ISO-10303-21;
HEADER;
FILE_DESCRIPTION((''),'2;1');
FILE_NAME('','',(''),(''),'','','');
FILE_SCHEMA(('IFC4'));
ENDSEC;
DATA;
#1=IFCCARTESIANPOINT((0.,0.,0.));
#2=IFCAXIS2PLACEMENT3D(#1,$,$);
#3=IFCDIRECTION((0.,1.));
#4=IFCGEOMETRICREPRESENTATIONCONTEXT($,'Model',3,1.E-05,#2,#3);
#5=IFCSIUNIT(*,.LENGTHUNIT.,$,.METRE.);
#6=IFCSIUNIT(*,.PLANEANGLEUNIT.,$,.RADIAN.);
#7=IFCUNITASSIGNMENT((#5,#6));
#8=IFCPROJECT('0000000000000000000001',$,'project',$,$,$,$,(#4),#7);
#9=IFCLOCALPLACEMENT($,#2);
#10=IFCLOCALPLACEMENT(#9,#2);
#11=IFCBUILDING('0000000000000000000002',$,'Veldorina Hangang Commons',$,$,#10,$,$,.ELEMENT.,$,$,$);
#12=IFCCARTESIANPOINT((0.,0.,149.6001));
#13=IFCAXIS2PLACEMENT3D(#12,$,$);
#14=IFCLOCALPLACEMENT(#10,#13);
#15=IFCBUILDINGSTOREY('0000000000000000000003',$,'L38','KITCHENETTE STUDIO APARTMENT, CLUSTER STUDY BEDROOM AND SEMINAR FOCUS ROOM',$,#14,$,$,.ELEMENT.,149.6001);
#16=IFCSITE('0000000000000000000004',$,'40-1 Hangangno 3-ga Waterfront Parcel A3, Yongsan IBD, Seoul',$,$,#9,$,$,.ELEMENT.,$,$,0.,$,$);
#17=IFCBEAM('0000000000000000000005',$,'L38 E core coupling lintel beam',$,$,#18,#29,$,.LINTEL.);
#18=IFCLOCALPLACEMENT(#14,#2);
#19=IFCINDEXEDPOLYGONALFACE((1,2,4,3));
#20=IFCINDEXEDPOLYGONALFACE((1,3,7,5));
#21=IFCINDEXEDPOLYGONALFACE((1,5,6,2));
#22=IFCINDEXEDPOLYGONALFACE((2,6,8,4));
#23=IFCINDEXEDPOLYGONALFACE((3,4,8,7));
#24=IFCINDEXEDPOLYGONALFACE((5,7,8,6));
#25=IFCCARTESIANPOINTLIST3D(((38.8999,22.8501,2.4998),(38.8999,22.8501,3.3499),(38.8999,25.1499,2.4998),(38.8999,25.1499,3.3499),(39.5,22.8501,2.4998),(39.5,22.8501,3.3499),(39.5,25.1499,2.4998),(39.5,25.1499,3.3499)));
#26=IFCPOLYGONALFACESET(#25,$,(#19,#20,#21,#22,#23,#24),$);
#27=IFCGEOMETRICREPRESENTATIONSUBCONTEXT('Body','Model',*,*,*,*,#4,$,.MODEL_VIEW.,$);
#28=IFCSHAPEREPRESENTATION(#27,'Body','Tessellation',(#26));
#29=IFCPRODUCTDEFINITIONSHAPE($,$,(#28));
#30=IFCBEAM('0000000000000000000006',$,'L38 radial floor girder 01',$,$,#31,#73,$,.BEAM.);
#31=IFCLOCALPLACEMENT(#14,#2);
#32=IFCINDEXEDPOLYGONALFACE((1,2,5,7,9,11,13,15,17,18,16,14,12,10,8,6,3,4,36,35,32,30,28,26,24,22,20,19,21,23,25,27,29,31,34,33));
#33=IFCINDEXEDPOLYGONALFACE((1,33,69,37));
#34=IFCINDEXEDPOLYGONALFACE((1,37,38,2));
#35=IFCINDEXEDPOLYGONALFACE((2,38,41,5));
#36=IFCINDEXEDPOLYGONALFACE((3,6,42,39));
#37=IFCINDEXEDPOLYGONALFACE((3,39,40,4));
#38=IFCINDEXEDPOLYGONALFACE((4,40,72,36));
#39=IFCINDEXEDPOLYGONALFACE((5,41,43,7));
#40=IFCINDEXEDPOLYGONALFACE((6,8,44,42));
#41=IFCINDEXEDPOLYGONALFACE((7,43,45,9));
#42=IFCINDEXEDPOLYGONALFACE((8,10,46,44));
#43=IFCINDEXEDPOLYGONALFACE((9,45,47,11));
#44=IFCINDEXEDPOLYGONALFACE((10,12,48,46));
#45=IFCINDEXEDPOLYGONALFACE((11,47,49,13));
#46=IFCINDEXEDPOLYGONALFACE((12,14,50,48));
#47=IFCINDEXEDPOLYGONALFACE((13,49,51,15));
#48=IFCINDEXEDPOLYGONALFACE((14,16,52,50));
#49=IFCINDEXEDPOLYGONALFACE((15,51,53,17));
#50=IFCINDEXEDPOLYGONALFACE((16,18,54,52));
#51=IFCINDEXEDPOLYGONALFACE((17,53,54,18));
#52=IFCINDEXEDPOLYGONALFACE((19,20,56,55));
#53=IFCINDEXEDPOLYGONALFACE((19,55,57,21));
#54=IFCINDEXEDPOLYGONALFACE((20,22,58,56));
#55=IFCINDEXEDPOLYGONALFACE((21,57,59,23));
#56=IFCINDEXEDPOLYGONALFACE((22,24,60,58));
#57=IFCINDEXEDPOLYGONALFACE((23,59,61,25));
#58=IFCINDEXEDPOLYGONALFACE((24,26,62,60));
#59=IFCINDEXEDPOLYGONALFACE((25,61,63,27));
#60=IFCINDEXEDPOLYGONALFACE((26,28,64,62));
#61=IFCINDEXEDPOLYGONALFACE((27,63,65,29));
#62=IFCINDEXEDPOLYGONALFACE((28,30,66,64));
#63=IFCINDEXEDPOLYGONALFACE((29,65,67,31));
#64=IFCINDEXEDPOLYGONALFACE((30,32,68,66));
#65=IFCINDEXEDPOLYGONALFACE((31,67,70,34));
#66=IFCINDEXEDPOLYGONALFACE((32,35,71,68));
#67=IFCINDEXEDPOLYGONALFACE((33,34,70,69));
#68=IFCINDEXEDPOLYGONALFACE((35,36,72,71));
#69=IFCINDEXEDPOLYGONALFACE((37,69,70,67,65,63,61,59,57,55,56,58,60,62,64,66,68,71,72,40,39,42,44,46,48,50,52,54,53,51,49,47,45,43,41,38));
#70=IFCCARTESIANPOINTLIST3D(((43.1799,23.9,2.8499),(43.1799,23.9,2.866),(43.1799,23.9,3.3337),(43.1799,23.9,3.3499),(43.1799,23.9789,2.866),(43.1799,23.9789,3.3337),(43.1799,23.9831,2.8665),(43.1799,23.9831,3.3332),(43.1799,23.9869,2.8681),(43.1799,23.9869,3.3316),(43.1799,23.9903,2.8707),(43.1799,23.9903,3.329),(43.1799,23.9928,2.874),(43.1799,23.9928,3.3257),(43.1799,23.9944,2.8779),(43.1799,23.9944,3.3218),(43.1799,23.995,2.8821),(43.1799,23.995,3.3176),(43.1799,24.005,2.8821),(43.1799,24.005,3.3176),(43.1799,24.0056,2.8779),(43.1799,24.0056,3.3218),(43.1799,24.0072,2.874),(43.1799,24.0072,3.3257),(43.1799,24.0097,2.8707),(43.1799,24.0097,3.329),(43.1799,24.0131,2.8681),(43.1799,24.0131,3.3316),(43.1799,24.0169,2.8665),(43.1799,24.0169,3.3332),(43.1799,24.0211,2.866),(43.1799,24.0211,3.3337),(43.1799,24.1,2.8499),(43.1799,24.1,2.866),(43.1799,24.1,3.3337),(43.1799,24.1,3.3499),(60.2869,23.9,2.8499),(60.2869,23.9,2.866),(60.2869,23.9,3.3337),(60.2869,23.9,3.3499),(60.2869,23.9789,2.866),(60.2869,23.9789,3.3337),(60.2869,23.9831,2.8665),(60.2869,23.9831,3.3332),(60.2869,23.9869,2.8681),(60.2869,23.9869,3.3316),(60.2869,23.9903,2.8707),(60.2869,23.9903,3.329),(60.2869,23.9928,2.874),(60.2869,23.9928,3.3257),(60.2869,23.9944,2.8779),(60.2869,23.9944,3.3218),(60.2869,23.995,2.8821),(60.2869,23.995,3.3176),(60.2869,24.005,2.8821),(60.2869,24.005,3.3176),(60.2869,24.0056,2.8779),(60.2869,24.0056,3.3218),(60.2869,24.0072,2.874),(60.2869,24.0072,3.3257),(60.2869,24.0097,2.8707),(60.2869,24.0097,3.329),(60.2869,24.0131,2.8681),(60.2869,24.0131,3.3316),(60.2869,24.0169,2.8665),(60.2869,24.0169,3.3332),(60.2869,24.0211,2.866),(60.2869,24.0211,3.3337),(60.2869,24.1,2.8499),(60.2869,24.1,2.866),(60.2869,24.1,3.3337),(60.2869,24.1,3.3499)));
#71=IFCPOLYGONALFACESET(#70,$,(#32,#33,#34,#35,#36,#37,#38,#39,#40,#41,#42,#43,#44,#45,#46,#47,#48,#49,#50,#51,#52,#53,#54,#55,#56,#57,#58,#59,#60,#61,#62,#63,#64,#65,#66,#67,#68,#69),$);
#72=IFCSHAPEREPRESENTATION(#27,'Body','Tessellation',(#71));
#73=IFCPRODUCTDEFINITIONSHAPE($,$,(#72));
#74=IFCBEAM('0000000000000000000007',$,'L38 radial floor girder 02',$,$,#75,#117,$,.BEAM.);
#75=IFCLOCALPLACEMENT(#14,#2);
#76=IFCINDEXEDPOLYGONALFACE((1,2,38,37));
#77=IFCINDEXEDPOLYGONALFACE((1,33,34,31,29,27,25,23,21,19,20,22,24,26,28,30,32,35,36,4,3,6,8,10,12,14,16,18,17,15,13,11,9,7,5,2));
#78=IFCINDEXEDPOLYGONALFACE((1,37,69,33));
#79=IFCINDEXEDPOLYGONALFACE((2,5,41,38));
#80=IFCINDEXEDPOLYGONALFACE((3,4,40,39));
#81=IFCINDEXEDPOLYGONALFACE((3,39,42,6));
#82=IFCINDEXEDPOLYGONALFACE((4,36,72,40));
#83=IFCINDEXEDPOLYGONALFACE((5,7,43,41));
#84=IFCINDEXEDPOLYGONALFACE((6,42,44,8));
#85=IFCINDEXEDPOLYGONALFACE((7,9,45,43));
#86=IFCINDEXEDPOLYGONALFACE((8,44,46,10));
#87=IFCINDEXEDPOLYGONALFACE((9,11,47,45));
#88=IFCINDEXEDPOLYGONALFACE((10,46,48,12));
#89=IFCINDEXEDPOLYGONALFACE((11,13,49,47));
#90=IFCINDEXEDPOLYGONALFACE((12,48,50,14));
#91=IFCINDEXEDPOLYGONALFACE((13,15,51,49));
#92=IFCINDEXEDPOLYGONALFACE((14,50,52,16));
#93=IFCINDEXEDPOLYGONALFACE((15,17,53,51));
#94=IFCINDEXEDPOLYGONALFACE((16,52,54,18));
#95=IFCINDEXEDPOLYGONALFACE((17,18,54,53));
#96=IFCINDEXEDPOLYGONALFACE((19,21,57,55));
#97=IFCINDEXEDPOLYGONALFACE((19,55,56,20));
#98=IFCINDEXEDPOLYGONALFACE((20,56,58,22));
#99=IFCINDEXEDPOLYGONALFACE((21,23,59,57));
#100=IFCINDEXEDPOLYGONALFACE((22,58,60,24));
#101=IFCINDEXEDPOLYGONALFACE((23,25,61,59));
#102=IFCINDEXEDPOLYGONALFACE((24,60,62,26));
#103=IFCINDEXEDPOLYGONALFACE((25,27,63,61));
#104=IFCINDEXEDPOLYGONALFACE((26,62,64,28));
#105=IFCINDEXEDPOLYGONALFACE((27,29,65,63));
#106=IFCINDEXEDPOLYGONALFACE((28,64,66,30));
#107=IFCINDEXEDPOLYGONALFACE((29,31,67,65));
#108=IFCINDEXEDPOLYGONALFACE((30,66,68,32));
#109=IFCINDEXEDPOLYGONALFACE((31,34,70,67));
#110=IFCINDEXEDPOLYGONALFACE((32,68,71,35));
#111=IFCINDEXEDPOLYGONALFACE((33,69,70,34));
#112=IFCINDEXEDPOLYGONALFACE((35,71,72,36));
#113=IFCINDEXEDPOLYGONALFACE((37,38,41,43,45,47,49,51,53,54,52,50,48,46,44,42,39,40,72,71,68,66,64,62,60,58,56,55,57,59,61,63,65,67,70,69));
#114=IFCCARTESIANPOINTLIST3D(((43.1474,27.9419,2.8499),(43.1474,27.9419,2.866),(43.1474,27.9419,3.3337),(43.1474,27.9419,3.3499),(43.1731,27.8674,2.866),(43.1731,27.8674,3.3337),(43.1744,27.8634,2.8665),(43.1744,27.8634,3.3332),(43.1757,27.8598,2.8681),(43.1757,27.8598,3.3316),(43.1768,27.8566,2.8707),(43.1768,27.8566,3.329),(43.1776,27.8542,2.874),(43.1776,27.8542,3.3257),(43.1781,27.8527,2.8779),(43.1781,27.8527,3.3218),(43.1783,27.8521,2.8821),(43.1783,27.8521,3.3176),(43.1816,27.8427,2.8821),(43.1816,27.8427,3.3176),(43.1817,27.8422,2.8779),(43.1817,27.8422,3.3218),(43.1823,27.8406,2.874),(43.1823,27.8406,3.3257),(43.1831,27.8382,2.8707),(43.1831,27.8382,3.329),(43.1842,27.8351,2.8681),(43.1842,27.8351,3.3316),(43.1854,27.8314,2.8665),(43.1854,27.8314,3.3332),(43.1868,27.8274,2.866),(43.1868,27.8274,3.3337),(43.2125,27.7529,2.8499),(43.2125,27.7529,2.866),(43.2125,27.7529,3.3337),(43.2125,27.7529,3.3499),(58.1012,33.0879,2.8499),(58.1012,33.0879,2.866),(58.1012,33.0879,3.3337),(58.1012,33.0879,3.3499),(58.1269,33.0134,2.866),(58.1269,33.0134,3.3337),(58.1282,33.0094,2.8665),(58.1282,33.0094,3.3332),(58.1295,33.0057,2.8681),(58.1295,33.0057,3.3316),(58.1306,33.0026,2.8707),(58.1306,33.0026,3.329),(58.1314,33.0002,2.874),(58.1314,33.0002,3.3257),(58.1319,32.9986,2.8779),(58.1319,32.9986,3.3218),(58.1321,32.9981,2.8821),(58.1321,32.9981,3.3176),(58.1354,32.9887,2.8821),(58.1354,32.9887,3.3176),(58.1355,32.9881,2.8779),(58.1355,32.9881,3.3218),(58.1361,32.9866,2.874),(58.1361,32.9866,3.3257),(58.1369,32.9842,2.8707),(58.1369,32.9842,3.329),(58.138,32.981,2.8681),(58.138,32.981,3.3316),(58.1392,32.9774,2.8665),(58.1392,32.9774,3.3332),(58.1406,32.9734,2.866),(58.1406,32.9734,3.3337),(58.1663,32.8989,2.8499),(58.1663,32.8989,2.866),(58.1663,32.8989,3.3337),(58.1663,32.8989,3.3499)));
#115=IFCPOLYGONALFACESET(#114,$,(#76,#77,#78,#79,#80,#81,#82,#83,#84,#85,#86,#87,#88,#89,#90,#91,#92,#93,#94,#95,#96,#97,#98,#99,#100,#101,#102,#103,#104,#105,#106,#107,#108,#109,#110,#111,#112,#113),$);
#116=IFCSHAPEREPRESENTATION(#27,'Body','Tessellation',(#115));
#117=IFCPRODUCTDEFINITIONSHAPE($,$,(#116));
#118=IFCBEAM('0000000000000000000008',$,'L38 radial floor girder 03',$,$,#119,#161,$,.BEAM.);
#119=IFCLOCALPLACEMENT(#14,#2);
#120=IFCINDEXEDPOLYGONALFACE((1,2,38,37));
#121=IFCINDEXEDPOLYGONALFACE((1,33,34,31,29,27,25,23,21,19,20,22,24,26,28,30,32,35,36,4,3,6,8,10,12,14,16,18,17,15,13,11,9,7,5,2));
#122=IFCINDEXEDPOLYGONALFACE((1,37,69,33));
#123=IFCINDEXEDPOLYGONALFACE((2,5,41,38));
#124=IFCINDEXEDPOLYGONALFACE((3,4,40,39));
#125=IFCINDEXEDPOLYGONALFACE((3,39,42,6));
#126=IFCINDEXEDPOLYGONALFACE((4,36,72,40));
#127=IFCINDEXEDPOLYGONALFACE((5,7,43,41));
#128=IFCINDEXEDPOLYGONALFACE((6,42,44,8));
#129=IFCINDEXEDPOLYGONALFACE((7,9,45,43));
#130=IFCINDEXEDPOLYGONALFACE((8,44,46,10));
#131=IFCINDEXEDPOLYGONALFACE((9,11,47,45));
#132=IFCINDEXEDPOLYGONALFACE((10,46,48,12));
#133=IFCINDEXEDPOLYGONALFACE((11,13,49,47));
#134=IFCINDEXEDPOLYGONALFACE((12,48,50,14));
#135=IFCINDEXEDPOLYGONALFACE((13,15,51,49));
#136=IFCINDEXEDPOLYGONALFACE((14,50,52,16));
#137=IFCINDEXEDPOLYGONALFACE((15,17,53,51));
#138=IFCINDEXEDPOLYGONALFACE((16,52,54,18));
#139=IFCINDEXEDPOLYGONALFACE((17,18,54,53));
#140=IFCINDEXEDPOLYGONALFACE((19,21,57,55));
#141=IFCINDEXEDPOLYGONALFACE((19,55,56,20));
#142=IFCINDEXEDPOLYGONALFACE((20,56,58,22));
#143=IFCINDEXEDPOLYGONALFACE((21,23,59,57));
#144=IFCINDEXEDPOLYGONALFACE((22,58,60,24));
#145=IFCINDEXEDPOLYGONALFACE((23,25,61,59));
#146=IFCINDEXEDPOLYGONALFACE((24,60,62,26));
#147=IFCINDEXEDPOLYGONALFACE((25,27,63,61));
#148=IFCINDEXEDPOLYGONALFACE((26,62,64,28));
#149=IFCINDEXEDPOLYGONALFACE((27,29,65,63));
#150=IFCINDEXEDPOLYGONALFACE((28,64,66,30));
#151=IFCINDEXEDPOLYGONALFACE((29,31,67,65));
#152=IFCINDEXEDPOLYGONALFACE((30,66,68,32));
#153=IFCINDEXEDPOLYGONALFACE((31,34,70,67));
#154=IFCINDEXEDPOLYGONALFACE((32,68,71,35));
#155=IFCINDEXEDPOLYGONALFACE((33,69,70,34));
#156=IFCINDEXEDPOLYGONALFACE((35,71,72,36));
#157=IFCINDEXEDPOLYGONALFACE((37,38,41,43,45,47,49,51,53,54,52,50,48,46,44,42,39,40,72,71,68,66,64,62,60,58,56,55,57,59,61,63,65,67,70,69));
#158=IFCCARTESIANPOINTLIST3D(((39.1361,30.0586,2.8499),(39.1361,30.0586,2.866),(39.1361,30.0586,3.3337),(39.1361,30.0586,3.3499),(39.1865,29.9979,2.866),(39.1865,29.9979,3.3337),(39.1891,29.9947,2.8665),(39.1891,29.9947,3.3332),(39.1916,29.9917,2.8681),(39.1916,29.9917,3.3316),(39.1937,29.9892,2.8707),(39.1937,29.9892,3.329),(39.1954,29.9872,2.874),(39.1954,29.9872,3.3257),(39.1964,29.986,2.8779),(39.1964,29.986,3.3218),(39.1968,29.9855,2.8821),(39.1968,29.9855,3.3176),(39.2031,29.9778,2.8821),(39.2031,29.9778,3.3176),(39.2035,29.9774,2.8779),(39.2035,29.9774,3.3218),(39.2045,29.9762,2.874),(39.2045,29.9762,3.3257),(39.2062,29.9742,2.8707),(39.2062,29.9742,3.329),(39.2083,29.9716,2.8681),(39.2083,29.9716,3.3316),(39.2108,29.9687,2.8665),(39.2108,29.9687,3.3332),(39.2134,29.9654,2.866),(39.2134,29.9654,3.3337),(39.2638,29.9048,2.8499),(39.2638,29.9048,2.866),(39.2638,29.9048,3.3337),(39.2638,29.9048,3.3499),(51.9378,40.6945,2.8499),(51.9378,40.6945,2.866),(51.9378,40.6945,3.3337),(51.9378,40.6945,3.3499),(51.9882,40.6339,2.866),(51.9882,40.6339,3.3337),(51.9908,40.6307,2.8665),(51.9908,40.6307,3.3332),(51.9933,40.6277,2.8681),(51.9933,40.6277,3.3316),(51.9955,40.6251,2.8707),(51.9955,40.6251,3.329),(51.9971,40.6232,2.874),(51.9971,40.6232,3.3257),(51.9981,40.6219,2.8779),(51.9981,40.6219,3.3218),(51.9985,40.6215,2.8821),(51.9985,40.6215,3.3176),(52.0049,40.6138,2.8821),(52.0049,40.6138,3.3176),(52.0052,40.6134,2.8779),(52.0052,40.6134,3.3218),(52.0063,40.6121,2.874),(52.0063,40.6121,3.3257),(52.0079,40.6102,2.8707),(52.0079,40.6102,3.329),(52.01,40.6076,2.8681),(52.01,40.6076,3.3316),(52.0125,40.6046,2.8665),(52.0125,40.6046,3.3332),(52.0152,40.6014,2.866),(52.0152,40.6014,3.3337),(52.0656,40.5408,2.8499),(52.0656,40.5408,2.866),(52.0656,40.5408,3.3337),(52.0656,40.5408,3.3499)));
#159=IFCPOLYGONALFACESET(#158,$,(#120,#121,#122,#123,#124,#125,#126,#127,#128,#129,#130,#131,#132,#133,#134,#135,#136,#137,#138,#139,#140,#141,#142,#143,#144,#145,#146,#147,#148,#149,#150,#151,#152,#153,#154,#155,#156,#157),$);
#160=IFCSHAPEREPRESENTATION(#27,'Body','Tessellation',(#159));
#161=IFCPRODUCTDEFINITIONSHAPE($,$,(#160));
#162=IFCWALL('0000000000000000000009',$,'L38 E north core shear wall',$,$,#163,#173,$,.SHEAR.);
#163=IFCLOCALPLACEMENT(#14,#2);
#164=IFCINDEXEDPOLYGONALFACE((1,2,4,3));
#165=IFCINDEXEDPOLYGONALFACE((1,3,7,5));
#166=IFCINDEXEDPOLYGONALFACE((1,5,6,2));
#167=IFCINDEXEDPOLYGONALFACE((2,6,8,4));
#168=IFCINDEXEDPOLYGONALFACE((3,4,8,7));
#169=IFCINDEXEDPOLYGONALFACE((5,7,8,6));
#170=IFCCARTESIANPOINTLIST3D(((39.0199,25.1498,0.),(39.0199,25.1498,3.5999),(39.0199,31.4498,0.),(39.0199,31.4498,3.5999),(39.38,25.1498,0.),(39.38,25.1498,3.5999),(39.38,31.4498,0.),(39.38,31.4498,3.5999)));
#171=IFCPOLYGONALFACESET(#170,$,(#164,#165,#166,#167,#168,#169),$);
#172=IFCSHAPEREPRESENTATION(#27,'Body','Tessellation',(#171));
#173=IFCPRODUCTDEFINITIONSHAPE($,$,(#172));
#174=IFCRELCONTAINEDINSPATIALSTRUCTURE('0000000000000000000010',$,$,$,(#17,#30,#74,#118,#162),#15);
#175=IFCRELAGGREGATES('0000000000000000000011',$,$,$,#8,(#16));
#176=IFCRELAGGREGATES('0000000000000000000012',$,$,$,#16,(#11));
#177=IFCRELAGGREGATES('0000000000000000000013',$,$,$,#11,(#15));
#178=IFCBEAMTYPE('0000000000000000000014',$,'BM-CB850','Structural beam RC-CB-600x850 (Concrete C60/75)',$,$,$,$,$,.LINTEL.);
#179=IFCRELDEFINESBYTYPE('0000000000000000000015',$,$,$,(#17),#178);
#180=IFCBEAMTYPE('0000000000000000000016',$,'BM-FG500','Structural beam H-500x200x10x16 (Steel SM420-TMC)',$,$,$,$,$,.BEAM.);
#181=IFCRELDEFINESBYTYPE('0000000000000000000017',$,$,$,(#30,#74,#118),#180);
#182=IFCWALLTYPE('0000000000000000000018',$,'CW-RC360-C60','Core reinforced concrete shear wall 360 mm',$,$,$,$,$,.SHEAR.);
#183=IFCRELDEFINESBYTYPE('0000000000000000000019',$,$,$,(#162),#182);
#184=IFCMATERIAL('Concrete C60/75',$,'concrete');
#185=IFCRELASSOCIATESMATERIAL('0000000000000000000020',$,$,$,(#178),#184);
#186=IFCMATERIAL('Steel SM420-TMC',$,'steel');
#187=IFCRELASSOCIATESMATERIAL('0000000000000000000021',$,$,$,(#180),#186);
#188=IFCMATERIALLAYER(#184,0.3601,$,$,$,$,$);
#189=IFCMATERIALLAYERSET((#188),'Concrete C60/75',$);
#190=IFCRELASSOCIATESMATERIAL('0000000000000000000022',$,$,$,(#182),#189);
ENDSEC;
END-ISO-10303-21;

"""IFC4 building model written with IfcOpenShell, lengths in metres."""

from ifc_helpers import new_model, si_unit, direction, frame, frame_2d, origin, origin_2d, place, context, subcontext, project, spatial, rectangle, i_section, extrude, material, layer, layer_set, material_profile, profile_set, type_object, element, save


model = new_model("IFC4")

# Units and contexts
model_context = context("Model", 3, precision=1e-05, world=origin(), true_north=direction((0.0, 1.0)))
body_context = subcontext(model_context, "Body", "Model", "MODEL_VIEW")
ifc_project = project(units=[si_unit("LENGTHUNIT", "METRE"), si_unit("PLANEANGLEUNIT", "RADIAN")], contexts=[model_context])

# Site, building, storey
site_placement = place(None, origin())
site = spatial("IfcSite", under=ifc_project, at=site_placement, Name="40-1 Hangangno 3-ga Waterfront Parcel A3, Yongsan IBD, Seoul", CompositionType="ELEMENT", RefElevation=0.0)
building_placement = place(site_placement, origin())
building = spatial("IfcBuilding", under=site, at=building_placement, Name="Veldorina Hangang Commons", CompositionType="ELEMENT")
storey_placement = place(building_placement, frame((0.0, 0.0, 149.6001)))
storey = spatial("IfcBuildingStorey", under=building, at=storey_placement, Name="L38", Description="KITCHENETTE STUDIO APARTMENT, CLUSTER STUDY BEDROOM AND SEMINAR FOCUS ROOM", CompositionType="ELEMENT", Elevation=149.6001)

# Beams
ifc_material_1 = material(Name="Concrete C60/75", Category="concrete")
ifc_material_profile_1 = material_profile(ifc_material_1, rectangle(XDim=0.6001, YDim=0.8501, at=origin_2d()), Name="RC-CB-600x850")
ifc_profile_set_1 = profile_set([ifc_material_profile_1], Name="Concrete C60/75")
beam_type_1 = type_object("IfcBeamType", Name="BM-CB850", Description="Structural beam RC-CB-600x850 (Concrete C60/75)", PredefinedType="LINTEL", material=ifc_profile_set_1)
beam_1_placement = place(storey_placement, frame((39.2, 22.8501, 2.9248), z_axis=(0.0, 1.0, 0.0), x_axis=(-1.0, 0.0, 0.0)))
element("IfcBeam", 1, at=beam_1_placement, inside=storey, type_object=beam_type_1, Name="L38 E core coupling lintel beam", PredefinedType="LINTEL", context=body_context, shape_type="SweptSolid", body=[
    extrude(rectangle(XDim=0.6001, YDim=0.8501, at=origin_2d()), origin(), (0.0, 0.0, 1.0), 2.2998),
])
ifc_material_2 = material(Name="Steel SM420-TMC", Category="steel")
ifc_material_profile_2 = material_profile(ifc_material_2, i_section(OverallWidth=0.2, OverallDepth=0.5, WebThickness=0.01, FlangeThickness=0.0161, FilletRadius=0.0161, at=origin_2d()), Name="H-500x200x10x16")
ifc_profile_set_2 = profile_set([ifc_material_profile_2], Name="Steel SM420-TMC")
beam_type_2 = type_object("IfcBeamType", Name="BM-FG500", Description="Structural beam H-500x200x10x16 (Steel SM420-TMC)", PredefinedType="BEAM", material=ifc_profile_set_2)
beam_2_placement = place(storey_placement, frame((43.1799, 24.0, 3.0999), z_axis=(1.0, 0.0, 0.0), x_axis=(0.0, 1.0, 0.0)))
element("IfcBeam", 2, at=beam_2_placement, inside=storey, type_object=beam_type_2, Name="L38 radial floor girder 01", PredefinedType="BEAM", context=body_context, shape_type="SweptSolid", body=[
    extrude(i_section(OverallWidth=0.2, OverallDepth=0.5, WebThickness=0.01, FlangeThickness=0.0161, FilletRadius=0.0161, at=origin_2d()), origin(), (0.0, 0.0, 1.0), 17.1069),
])
beam_3_placement = place(storey_placement, frame((43.1799, 27.8474, 3.0999), z_axis=(0.945578, 0.325397, 0.0), x_axis=(-0.325397, 0.945578, 0.0)))
element("IfcBeam", 3, at=beam_3_placement, inside=storey, type_object=beam_type_2, Name="L38 radial floor girder 02", PredefinedType="BEAM", context=body_context, shape_type="SweptSolid", body=[
    extrude(i_section(OverallWidth=0.2, OverallDepth=0.5, WebThickness=0.01, FlangeThickness=0.0161, FilletRadius=0.0161, at=origin_2d()), origin(), (0.0, 0.0, 1.0), 15.8145),
])
beam_4_placement = place(storey_placement, frame((39.2, 29.9817, 3.0999), z_axis=(0.76917, 0.639044, 0.0), x_axis=(-0.639044, 0.76917, 0.0)))
element("IfcBeam", 4, at=beam_4_placement, inside=storey, type_object=beam_type_2, Name="L38 radial floor girder 03", PredefinedType="BEAM", context=body_context, shape_type="SweptSolid", body=[
    extrude(i_section(OverallWidth=0.2, OverallDepth=0.5, WebThickness=0.01, FlangeThickness=0.0161, FilletRadius=0.0161, at=origin_2d()), origin(), (0.0, 0.0, 1.0), 16.6436),
])

# Wall
ifc_layer_1 = layer(ifc_material_1, 0.3601)
ifc_layer_set_1 = layer_set([ifc_layer_1], Name="Concrete C60/75")
wall_type_1 = type_object("IfcWallType", Name="CW-RC360-C60", Description="Core reinforced concrete shear wall 360 mm", PredefinedType="SHEAR", material=ifc_layer_set_1)
wall_1_placement = place(storey_placement, frame((39.2, 25.1499, 0.0), z_axis=(0.0, 0.0, 1.0), x_axis=(0.0, 1.0, 0.0)))
element("IfcWall", 5, at=wall_1_placement, inside=storey, type_object=wall_type_1, Name="L38 E north core shear wall", PredefinedType="SHEAR", context=body_context, shape_type="SweptSolid", body=[
    extrude(rectangle(XDim=6.3, YDim=0.3601, at=frame_2d((3.1499, 0.0))), origin(), (0.0, 0.0, 1.0), 3.5999),
])

save(model, "model.ifc")
